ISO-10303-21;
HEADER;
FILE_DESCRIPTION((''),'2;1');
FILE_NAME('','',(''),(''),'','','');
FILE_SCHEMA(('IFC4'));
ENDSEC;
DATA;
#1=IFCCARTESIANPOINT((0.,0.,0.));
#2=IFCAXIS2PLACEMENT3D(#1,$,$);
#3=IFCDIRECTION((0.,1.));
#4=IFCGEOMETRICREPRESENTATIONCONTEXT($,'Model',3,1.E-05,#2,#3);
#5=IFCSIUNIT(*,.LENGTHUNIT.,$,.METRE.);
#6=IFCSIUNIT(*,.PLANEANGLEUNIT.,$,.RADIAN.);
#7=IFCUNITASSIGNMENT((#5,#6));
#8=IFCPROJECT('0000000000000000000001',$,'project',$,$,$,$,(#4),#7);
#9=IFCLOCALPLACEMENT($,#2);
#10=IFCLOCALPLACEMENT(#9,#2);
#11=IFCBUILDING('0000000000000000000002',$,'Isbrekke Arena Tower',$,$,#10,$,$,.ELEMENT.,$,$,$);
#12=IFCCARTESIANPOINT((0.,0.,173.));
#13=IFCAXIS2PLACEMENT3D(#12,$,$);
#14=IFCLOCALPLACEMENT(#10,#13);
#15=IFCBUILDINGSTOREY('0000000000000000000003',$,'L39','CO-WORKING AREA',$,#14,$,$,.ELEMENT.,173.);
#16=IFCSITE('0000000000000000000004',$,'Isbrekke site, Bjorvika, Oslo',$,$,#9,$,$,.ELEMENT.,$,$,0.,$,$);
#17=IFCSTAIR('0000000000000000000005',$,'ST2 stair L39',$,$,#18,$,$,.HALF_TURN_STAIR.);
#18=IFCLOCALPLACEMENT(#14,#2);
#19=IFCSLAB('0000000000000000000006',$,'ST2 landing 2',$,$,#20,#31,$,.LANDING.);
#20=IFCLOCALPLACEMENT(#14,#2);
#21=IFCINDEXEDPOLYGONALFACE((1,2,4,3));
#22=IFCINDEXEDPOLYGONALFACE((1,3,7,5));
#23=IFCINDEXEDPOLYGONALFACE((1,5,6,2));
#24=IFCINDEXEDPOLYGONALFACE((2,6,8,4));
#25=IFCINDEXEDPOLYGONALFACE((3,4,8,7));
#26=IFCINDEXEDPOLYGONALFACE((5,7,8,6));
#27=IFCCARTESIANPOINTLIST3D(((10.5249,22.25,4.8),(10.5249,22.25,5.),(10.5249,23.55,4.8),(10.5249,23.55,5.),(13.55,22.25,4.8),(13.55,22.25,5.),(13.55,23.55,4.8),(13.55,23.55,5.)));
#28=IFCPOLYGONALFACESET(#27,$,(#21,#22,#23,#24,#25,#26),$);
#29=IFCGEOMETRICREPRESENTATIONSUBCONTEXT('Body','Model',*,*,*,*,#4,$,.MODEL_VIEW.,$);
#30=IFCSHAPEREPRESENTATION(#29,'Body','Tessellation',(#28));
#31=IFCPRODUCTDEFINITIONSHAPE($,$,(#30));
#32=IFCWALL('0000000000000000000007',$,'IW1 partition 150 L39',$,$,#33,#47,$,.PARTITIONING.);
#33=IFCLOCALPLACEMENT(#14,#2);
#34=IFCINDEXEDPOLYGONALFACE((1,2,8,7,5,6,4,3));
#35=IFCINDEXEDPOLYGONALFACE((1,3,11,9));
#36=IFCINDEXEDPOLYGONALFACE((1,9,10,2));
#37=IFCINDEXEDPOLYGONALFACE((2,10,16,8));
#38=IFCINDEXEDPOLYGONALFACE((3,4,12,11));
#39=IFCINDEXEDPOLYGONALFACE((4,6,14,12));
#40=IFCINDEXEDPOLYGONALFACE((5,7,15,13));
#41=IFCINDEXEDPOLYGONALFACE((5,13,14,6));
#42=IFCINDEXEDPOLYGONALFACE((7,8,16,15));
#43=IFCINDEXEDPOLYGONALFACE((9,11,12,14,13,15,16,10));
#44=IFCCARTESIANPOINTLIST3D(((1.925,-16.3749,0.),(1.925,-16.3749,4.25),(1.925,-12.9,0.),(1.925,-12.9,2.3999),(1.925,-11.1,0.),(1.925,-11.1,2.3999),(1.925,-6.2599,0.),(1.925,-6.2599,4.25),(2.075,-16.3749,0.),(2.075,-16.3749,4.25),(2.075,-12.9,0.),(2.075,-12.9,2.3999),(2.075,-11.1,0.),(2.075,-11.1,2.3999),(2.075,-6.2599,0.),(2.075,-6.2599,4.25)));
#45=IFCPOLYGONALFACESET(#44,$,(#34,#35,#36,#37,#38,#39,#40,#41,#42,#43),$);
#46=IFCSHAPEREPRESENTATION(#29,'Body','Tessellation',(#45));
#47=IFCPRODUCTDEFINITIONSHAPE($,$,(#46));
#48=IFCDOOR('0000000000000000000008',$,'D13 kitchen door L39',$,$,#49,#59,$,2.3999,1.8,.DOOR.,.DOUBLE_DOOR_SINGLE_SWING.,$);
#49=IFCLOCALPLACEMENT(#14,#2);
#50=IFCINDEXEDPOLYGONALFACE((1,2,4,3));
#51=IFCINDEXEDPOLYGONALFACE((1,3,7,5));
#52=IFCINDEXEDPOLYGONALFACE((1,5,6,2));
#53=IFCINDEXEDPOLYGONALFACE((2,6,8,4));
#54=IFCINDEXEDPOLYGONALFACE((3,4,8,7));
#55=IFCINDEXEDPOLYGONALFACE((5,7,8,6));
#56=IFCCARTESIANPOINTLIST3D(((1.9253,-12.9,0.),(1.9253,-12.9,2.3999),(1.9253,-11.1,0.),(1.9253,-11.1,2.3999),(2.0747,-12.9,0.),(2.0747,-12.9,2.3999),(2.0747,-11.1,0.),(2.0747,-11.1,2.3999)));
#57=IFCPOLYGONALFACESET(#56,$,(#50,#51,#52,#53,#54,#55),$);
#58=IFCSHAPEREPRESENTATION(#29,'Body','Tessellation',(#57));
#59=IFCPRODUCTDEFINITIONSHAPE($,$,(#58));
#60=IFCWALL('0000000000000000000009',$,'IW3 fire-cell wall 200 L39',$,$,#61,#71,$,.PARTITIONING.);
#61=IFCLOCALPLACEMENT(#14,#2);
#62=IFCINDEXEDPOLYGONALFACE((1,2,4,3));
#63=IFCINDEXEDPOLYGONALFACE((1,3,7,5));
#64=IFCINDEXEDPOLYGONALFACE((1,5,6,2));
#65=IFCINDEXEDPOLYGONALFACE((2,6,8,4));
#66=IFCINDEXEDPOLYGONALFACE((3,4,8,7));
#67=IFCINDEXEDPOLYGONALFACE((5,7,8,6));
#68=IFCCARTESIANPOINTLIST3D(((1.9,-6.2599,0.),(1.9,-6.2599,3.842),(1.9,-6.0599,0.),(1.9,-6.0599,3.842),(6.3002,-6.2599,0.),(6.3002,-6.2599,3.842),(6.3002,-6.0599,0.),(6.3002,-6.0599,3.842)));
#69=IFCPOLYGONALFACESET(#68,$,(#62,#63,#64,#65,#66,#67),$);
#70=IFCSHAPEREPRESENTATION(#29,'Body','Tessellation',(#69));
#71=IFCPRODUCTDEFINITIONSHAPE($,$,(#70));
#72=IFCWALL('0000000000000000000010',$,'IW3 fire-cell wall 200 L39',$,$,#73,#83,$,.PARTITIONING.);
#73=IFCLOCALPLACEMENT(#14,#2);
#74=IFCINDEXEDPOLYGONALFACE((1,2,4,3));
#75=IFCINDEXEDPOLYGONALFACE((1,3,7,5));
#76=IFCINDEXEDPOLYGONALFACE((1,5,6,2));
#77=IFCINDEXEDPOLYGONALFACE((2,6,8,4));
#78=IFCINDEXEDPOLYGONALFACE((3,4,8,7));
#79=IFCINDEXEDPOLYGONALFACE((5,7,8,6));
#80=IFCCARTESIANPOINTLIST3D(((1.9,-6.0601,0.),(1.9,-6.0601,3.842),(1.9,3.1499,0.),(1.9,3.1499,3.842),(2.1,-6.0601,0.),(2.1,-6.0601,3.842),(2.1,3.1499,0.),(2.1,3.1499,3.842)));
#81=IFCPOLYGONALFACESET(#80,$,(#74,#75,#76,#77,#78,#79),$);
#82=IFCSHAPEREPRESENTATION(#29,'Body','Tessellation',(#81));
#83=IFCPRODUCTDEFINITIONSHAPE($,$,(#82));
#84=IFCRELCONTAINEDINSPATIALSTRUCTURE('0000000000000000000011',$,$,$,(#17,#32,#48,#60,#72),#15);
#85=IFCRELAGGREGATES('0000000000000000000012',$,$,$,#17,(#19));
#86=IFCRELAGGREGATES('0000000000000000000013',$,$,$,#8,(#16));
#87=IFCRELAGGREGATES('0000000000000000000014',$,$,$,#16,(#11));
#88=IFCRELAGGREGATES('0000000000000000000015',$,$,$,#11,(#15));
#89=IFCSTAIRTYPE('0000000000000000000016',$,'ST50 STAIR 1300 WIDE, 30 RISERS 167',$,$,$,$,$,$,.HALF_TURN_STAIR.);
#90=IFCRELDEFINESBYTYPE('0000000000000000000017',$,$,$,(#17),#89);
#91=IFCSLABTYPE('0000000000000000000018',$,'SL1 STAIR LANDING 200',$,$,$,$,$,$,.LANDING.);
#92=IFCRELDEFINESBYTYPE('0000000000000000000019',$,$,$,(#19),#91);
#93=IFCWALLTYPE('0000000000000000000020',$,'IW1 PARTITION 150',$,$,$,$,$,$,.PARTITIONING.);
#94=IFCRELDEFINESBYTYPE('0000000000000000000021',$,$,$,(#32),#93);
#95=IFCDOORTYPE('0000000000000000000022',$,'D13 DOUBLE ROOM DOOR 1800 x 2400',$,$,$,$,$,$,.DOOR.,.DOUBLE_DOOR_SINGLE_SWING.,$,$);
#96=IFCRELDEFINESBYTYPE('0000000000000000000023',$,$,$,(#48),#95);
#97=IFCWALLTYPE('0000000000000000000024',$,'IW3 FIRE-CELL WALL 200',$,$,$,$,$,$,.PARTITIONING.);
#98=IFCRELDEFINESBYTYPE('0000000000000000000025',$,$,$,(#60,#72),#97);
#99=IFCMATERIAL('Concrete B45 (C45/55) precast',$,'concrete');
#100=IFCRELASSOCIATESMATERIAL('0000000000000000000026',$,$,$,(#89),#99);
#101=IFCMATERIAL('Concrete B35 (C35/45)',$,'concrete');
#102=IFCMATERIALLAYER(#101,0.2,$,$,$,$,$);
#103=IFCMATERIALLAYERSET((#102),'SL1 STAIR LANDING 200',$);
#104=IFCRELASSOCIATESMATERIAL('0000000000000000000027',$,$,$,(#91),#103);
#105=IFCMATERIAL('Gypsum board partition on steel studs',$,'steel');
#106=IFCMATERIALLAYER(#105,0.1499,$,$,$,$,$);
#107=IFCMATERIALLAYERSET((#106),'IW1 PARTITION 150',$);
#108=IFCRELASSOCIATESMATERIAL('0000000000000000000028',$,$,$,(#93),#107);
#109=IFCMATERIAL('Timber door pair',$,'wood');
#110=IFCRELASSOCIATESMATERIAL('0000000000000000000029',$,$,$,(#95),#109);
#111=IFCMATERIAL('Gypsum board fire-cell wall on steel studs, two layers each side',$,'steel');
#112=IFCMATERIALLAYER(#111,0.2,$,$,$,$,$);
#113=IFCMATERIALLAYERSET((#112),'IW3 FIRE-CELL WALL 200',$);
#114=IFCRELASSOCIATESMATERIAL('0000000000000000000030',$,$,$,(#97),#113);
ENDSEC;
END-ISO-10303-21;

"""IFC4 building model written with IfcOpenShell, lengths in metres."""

from ifc_helpers import new_model, si_unit, direction, frame, frame_2d, origin, place, context, subcontext, project, spatial, polyline, rectangle, outline, extrude, material, layer, layer_set, type_object, element, fill, aggregate, save


model = new_model("IFC4")

# Units and contexts
model_context = context("Model", 3, precision=1e-05, world=origin(), true_north=direction((0.0, 1.0)))
body_context = subcontext(model_context, "Body", "Model", "MODEL_VIEW")
ifc_project = project(units=[si_unit("LENGTHUNIT", "METRE"), si_unit("PLANEANGLEUNIT", "RADIAN")], contexts=[model_context])

# Site, building, storey
site_placement = place(None, origin())
site = spatial("IfcSite", under=ifc_project, at=site_placement, Name="Isbrekke site, Bjorvika, Oslo", CompositionType="ELEMENT", RefElevation=0.0)
building_placement = place(site_placement, origin())
building = spatial("IfcBuilding", under=site, at=building_placement, Name="Isbrekke Arena Tower", CompositionType="ELEMENT")
storey_placement = place(building_placement, frame((0.0, 0.0, 173.0)))
storey = spatial("IfcBuildingStorey", under=building, at=storey_placement, Name="L39", Description="CO-WORKING AREA", CompositionType="ELEMENT", Elevation=173.0)

# Stair, slab
ifc_material_1 = material(Name="Concrete B45 (C45/55) precast", Category="concrete")
stair_type = type_object("IfcStairType", Name="ST50 STAIR 1300 WIDE, 30 RISERS 167", PredefinedType="HALF_TURN_STAIR", material=ifc_material_1)
ifc_material_2 = material(Name="Concrete B35 (C35/45)", Category="concrete")
ifc_layer_1 = layer(ifc_material_2, 0.2)
ifc_layer_set_1 = layer_set([ifc_layer_1], Name="SL1 STAIR LANDING 200")
slab_type_1 = type_object("IfcSlabType", Name="SL1 STAIR LANDING 200", PredefinedType="LANDING", material=ifc_layer_set_1)
stair_1_placement = place(storey_placement, origin())
stair_1 = element("IfcStair", 1, at=stair_1_placement, inside=storey, type_object=stair_type, Name="ST2 stair L39", PredefinedType="HALF_TURN_STAIR")
slab_1_placement = place(storey_placement, frame((0.0, 0.0, 4.8)))
slab_1 = element("IfcSlab", 2, at=slab_1_placement, type_object=slab_type_1, Name="ST2 landing 2", PredefinedType="LANDING", context=body_context, shape_type="SweptSolid", body=[
    extrude(outline(polyline([(10.5249, 22.25), (13.55, 22.25), (13.55, 23.55), (10.5249, 23.55), (10.5249, 22.25)])), origin(), (0.0, 0.0, 1.0), 0.2),
])
aggregate(stair_1, [slab_1])

# Wall, opening, door
ifc_material_3 = material(Name="Gypsum board partition on steel studs", Category="steel")
ifc_layer_2 = layer(ifc_material_3, 0.1499)
ifc_layer_set_2 = layer_set([ifc_layer_2], Name="IW1 PARTITION 150")
wall_type_1 = type_object("IfcWallType", Name="IW1 PARTITION 150", PredefinedType="PARTITIONING", material=ifc_layer_set_2)
wall_1_placement = place(storey_placement, frame((2.0, -16.375, 0.0), z_axis=(0.0, 0.0, 1.0), x_axis=(0.0, 1.0, 0.0)))
wall_1 = element("IfcWall", 3, at=wall_1_placement, inside=storey, type_object=wall_type_1, Name="IW1 partition 150 L39", PredefinedType="PARTITIONING", context=body_context, shape_type="SweptSolid", body=[
    extrude(rectangle(XDim=10.115, YDim=0.1499, at=frame_2d((5.0576, 0.0))), origin(), (0.0, 0.0, 1.0), 4.25),
])
opening_placement = place(wall_1_placement, frame((3.4751, 0.0, 0.0)))
opening = element("IfcOpeningElement", 4, at=opening_placement, cuts=wall_1, PredefinedType="OPENING", context=body_context, shape_type="SweptSolid", body=[
    extrude(rectangle(XDim=1.8, YDim=2.3999, at=frame_2d((0.8999, 1.2))), frame((0.0, 0.0898, 0.0), z_axis=(0.0, -1.0, 0.0), x_axis=(1.0, 0.0, 0.0)), (0.0, 0.0, 1.0), 0.1797),
])
ifc_material_4 = material(Name="Timber door pair", Category="wood")
door_type = type_object("IfcDoorType", Name="D13 DOUBLE ROOM DOOR 1800 x 2400", OperationType="DOUBLE_DOOR_SINGLE_SWING", PredefinedType="DOOR", material=ifc_material_4)
door_placement = place(opening_placement, origin())
door = element("IfcDoor", 5, at=door_placement, inside=storey, type_object=door_type, Name="D13 kitchen door L39", OperationType="DOUBLE_DOOR_SINGLE_SWING", OverallHeight=2.3999, OverallWidth=1.8, PredefinedType="DOOR", context=body_context, shape_type="SweptSolid", body=[
    extrude(rectangle(XDim=1.8, YDim=2.3999, at=frame_2d((0.8999, 1.2))), frame((0.0, 0.0747, 0.0), z_axis=(0.0, -1.0, 0.0), x_axis=(1.0, 0.0, 0.0)), (0.0, 0.0, 1.0), 0.1494),
])
fill(opening, door)

# Walls
ifc_material_5 = material(Name="Gypsum board fire-cell wall on steel studs, two layers each side", Category="steel")
ifc_layer_3 = layer(ifc_material_5, 0.2)
ifc_layer_set_3 = layer_set([ifc_layer_3], Name="IW3 FIRE-CELL WALL 200")
wall_type_2 = type_object("IfcWallType", Name="IW3 FIRE-CELL WALL 200", PredefinedType="PARTITIONING", material=ifc_layer_set_3)
wall_2_placement = place(storey_placement, frame((1.8999, -6.1599, 0.0), z_axis=(0.0, 0.0, 1.0), x_axis=(1.0, 0.0, 0.0)))
element("IfcWall", 6, at=wall_2_placement, inside=storey, type_object=wall_type_2, Name="IW3 fire-cell wall 200 L39", PredefinedType="PARTITIONING", context=body_context, shape_type="SweptSolid", body=[
    extrude(rectangle(XDim=4.4001, YDim=0.2, at=frame_2d((2.2002, 0.0))), origin(), (0.0, 0.0, 1.0), 3.842),
])
wall_3_placement = place(storey_placement, frame((2.0, -6.0601, 0.0), z_axis=(0.0, 0.0, 1.0), x_axis=(0.0, 1.0, 0.0)))
element("IfcWall", 7, at=wall_3_placement, inside=storey, type_object=wall_type_2, Name="IW3 fire-cell wall 200 L39", PredefinedType="PARTITIONING", context=body_context, shape_type="SweptSolid", body=[
    extrude(rectangle(XDim=9.21, YDim=0.2, at=frame_2d((4.605, 0.0))), origin(), (0.0, 0.0, 1.0), 3.842),
])

save(model, "model.ifc")
